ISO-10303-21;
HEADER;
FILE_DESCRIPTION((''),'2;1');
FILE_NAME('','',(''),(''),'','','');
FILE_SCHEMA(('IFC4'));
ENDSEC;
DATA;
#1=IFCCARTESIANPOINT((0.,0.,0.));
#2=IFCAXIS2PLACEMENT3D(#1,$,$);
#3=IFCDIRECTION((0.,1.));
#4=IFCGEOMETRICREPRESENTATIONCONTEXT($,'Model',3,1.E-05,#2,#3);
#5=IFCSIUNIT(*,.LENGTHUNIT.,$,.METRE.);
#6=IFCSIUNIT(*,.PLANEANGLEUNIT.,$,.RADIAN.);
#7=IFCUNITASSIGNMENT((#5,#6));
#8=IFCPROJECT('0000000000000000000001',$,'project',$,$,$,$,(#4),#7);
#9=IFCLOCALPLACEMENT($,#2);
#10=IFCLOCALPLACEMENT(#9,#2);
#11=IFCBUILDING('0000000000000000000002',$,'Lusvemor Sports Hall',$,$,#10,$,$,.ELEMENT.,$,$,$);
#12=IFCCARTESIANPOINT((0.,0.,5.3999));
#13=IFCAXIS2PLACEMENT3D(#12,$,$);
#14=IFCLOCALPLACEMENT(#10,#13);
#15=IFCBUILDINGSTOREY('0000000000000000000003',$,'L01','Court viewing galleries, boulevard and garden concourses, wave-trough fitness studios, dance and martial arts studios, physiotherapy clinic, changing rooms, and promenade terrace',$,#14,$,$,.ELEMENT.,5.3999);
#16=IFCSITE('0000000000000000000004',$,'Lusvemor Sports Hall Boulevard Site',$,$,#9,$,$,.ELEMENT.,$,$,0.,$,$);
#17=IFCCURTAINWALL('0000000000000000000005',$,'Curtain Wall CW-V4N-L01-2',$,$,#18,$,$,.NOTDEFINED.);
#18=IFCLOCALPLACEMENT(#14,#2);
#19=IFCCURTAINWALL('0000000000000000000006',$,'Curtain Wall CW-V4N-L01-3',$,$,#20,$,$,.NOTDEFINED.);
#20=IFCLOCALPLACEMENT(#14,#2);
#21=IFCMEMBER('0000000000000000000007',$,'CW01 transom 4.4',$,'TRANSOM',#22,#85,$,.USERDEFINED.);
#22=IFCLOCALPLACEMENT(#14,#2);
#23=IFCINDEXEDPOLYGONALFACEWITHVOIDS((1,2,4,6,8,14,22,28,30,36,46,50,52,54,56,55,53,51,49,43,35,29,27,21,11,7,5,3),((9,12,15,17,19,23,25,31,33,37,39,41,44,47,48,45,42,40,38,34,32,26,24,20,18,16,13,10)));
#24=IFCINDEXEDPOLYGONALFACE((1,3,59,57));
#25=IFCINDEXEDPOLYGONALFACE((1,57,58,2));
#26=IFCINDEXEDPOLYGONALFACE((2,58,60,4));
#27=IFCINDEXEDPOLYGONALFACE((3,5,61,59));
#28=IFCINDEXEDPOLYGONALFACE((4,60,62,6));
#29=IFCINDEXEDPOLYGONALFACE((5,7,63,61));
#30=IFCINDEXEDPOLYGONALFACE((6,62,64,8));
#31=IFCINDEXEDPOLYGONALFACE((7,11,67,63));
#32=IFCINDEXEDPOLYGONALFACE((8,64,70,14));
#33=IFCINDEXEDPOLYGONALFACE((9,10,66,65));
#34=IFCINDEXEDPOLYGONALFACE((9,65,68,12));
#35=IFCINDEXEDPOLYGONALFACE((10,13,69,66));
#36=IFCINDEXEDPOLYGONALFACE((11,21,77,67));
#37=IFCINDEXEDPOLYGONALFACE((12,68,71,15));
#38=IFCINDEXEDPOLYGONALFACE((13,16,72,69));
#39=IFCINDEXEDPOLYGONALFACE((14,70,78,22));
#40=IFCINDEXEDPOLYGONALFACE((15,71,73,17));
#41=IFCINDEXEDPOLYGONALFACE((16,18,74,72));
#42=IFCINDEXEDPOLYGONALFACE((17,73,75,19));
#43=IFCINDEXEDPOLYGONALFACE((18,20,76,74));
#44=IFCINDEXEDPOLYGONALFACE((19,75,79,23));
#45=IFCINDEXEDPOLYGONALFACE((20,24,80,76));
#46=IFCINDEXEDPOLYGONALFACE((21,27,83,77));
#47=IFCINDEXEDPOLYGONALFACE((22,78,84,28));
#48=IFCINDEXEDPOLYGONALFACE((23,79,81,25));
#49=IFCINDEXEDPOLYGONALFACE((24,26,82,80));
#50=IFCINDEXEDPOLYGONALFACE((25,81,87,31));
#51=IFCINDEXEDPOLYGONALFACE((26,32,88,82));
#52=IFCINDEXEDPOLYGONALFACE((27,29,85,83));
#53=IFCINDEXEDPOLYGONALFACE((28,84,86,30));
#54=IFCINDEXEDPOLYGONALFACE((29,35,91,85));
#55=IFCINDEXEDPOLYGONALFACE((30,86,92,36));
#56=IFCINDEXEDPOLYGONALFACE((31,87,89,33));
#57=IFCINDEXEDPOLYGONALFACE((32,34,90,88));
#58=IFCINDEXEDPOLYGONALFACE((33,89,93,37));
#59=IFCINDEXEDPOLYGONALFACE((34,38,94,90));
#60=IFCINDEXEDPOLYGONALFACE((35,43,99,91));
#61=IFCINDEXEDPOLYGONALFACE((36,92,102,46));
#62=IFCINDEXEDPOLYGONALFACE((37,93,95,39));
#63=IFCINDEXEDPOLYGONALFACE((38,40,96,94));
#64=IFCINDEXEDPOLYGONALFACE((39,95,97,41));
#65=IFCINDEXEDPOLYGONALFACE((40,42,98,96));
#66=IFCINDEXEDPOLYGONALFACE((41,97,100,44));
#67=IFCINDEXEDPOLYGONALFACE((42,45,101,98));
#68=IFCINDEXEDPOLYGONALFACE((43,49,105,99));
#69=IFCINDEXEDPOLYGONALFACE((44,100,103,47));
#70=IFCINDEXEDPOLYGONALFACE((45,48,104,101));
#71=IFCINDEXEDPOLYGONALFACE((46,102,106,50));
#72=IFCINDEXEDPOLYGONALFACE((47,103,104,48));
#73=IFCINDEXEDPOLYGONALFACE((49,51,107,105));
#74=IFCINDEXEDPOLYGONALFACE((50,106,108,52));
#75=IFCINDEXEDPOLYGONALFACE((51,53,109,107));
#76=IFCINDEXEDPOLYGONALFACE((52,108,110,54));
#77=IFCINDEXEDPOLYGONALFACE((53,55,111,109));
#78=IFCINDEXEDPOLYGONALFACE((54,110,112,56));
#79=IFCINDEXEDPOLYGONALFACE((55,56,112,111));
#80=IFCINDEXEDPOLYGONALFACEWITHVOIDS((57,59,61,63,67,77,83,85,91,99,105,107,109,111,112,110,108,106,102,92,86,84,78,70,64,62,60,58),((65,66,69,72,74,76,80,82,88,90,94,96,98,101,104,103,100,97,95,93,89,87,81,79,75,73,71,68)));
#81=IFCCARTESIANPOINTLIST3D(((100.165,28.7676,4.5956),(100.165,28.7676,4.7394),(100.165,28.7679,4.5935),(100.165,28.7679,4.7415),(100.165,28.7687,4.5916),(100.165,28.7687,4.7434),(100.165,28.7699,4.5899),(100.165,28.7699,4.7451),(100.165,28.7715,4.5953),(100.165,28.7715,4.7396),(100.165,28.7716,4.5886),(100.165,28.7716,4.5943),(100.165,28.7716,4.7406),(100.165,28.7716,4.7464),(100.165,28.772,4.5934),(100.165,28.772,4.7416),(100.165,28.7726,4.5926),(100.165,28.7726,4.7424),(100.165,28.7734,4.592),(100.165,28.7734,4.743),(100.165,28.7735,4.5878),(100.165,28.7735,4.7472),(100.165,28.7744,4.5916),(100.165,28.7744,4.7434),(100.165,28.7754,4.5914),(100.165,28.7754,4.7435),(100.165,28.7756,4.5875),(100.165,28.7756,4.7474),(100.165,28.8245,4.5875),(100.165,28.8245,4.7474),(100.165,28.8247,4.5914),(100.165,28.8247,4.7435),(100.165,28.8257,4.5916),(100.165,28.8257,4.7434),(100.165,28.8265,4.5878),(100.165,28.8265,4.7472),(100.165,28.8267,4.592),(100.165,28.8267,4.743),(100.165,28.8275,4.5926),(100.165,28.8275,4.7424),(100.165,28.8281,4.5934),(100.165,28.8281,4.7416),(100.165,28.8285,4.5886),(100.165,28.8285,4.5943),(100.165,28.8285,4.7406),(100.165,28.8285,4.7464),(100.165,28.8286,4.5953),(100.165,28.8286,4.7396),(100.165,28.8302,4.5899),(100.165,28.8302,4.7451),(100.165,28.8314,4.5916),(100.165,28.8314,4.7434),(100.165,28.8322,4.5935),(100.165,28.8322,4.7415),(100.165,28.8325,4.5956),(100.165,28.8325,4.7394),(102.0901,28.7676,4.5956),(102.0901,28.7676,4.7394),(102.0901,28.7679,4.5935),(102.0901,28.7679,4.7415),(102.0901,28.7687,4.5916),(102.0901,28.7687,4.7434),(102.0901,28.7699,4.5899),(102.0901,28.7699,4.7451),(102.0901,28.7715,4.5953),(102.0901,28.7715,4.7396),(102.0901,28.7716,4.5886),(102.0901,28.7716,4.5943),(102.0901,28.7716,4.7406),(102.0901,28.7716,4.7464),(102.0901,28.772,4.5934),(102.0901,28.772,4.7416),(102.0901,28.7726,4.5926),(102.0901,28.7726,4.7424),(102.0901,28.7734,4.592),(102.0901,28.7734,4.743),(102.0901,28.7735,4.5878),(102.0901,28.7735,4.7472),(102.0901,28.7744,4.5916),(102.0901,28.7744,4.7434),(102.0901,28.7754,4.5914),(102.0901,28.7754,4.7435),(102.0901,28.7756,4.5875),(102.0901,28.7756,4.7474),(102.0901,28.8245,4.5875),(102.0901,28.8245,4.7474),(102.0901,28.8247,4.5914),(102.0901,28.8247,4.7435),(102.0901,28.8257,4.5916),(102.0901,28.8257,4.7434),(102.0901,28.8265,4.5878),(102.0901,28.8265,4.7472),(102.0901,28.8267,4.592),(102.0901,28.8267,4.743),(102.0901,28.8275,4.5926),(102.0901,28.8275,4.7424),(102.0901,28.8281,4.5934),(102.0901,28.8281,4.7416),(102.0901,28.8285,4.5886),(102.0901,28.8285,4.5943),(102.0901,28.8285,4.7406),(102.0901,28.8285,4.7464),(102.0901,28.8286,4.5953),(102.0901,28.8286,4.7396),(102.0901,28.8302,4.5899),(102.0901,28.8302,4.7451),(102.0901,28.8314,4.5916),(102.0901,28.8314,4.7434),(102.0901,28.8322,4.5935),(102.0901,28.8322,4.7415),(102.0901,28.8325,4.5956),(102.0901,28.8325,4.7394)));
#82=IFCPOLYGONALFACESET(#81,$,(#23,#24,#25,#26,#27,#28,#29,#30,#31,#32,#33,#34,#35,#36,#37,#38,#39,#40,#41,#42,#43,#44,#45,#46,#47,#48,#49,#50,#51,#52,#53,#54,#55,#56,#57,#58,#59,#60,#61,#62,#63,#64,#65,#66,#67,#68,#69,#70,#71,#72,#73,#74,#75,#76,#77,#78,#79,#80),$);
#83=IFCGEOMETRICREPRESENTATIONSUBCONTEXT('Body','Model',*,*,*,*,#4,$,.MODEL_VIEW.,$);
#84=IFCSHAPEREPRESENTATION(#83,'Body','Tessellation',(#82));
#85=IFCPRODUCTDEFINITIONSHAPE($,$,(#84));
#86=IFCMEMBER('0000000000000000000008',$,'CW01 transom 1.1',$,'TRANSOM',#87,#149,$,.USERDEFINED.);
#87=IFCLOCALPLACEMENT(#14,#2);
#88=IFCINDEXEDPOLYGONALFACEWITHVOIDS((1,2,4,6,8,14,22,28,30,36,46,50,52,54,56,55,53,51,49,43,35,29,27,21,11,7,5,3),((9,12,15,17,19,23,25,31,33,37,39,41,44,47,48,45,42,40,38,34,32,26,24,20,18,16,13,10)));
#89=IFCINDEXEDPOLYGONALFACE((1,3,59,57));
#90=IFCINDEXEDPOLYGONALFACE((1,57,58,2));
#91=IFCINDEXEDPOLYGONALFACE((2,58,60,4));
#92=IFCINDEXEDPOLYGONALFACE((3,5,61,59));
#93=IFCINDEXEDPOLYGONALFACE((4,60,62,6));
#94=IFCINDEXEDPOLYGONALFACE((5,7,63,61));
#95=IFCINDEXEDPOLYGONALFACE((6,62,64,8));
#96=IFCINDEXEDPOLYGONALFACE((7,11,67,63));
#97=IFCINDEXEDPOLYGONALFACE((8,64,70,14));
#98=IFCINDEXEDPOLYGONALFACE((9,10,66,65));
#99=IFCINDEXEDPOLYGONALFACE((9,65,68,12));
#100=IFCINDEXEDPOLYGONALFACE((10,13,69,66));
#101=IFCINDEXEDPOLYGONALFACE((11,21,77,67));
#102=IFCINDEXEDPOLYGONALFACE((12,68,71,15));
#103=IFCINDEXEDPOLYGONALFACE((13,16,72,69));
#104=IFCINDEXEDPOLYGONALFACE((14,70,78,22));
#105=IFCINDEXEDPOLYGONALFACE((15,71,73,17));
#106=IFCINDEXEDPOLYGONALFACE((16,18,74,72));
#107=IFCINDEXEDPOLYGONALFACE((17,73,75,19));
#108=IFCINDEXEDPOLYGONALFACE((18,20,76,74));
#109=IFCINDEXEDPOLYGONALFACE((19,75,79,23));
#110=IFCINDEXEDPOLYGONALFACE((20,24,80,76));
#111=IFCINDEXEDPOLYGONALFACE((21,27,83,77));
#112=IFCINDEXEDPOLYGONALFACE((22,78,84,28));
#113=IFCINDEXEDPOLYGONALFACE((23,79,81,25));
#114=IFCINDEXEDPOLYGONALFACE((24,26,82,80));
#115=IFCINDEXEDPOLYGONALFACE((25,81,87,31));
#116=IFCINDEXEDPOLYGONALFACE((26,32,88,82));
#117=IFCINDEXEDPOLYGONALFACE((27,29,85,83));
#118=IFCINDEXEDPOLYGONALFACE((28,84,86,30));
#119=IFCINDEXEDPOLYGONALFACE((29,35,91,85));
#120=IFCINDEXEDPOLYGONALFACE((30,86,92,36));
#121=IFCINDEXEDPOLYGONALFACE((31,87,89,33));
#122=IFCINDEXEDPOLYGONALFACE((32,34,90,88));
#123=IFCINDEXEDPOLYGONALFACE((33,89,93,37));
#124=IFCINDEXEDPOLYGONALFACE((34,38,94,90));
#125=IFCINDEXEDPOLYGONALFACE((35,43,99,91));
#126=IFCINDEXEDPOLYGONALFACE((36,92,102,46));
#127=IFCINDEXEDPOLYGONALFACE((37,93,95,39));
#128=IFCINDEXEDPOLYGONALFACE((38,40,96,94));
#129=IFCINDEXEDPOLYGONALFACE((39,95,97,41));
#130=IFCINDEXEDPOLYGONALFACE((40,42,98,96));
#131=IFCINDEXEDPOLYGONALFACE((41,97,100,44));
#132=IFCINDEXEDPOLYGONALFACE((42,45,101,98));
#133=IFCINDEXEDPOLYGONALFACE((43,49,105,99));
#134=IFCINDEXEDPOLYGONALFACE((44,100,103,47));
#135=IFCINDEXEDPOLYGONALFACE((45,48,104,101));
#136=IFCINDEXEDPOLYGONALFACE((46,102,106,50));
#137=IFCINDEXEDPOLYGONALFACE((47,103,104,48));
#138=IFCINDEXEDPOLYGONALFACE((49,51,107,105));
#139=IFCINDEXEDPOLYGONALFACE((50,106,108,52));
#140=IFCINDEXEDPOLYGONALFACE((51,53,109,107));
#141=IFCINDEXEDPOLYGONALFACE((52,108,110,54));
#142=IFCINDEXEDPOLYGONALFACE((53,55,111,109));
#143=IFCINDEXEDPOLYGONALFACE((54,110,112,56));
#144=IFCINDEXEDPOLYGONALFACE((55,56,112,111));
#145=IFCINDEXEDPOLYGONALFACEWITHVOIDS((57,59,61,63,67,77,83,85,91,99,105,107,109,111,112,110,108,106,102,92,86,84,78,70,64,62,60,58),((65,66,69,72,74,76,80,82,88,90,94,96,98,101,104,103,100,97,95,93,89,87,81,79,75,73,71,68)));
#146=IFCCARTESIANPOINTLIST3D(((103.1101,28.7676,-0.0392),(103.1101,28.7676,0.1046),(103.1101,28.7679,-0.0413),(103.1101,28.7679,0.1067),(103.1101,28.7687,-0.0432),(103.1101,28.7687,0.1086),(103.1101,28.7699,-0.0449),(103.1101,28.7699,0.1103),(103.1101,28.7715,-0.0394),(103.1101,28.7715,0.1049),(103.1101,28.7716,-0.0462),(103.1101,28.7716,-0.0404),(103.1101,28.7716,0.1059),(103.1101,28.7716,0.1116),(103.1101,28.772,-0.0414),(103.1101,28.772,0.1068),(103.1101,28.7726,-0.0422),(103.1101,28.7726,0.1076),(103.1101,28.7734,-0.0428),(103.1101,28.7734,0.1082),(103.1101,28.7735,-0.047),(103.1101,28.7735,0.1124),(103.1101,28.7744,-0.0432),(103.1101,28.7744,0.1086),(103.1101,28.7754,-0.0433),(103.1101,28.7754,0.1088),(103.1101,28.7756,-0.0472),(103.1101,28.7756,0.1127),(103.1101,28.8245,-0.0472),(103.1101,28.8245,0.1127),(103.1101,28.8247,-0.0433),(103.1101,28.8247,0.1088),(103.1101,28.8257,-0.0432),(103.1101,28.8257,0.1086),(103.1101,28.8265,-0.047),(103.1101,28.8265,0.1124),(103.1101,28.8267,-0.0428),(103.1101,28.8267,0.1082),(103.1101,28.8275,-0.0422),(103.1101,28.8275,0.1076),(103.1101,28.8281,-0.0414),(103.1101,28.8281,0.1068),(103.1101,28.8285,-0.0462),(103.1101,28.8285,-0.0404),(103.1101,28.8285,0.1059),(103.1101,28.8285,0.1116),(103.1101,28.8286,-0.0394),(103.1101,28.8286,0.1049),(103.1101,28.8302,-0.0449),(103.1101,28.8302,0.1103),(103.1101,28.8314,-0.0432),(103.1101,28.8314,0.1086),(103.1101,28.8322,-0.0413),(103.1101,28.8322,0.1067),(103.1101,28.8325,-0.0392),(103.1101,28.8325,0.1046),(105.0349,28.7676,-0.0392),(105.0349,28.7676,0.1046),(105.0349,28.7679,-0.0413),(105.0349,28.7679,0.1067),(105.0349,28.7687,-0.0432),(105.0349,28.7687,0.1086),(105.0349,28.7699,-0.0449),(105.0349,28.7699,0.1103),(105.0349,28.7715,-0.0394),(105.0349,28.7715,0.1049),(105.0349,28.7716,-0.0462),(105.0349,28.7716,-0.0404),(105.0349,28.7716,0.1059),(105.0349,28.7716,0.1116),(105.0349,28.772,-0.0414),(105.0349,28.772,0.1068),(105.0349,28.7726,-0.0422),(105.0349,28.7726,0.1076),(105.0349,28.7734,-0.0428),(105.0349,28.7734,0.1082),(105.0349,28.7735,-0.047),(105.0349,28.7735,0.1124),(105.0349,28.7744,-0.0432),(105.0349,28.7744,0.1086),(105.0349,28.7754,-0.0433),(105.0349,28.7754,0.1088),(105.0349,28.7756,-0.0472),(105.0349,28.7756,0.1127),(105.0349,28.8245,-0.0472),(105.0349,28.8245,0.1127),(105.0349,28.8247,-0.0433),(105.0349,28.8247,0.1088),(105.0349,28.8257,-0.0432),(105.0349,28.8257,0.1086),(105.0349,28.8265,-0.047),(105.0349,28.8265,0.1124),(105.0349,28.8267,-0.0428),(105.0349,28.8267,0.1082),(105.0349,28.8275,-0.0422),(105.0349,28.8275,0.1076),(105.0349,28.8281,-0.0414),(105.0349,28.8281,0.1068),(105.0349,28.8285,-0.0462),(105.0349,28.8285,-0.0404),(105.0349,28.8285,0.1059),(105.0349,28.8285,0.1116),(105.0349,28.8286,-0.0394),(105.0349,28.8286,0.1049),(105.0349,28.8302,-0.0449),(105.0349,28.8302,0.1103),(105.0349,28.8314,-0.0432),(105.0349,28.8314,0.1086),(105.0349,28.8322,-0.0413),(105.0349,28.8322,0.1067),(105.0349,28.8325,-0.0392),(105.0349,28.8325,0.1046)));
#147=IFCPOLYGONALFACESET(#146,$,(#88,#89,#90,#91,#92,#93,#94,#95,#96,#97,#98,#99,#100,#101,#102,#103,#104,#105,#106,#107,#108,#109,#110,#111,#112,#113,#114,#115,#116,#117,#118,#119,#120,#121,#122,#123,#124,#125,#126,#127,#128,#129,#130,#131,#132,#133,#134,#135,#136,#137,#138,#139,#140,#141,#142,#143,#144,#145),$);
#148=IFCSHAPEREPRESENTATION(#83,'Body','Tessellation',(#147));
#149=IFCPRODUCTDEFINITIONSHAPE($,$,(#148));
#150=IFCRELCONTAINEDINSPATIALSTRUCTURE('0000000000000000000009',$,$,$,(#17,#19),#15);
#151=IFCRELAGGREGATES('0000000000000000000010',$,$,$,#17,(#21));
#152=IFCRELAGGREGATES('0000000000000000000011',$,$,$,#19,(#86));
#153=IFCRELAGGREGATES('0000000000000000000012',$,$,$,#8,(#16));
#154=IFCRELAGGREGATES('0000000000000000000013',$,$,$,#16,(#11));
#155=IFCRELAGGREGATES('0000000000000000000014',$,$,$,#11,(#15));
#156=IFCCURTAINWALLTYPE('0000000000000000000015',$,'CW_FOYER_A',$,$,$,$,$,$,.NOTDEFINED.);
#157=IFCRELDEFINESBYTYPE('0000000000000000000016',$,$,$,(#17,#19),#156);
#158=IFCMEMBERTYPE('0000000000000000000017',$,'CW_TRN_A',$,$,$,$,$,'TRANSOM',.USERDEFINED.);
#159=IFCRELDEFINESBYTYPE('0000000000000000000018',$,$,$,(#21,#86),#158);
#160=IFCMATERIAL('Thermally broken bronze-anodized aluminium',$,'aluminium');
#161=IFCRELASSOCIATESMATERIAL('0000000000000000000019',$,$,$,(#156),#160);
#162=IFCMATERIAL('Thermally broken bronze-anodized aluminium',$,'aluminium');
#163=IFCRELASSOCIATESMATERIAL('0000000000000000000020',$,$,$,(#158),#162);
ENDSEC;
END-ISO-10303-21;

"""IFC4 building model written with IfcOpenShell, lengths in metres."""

from ifc_helpers import new_model, si_unit, direction, frame, origin, origin_2d, place, context, subcontext, project, spatial, hollow_rectangle, extrude, material, material_profile, profile_set, type_object, element, aggregate, save


model = new_model("IFC4")

# Units and contexts
model_context = context("Model", 3, precision=1e-05, world=origin(), true_north=direction((0.0, 1.0)))
body_context = subcontext(model_context, "Body", "Model", "MODEL_VIEW")
ifc_project = project(units=[si_unit("LENGTHUNIT", "METRE"), si_unit("PLANEANGLEUNIT", "RADIAN")], contexts=[model_context])

# Site, building, storey
site_placement = place(None, origin())
site = spatial("IfcSite", under=ifc_project, at=site_placement, Name="Lusvemor Sports Hall Boulevard Site", CompositionType="ELEMENT", RefElevation=0.0)
building_placement = place(site_placement, origin())
building = spatial("IfcBuilding", under=site, at=building_placement, Name="Lusvemor Sports Hall", CompositionType="ELEMENT")
storey_placement = place(building_placement, frame((0.0, 0.0, 5.3999)))
storey = spatial("IfcBuildingStorey", under=building, at=storey_placement, Name="L01", Description="Court viewing galleries, boulevard and garden concourses, wave-trough fitness studios, dance and martial arts studios, physiotherapy clinic, changing rooms, and promenade terrace", CompositionType="ELEMENT", Elevation=5.3999)

# Curtain wall
ifc_material_1 = material(Name="Thermally broken bronze-anodized aluminium", Category="aluminium")
curtain_wall_type = type_object("IfcCurtainWallType", Name="CW_FOYER_A", PredefinedType="NOTDEFINED", material=ifc_material_1)
curtain_wall_1_placement = place(storey_placement, origin())
curtain_wall_1 = element("IfcCurtainWall", 1, at=curtain_wall_1_placement, inside=storey, type_object=curtain_wall_type, Name="Curtain Wall CW-V4N-L01-2", PredefinedType="NOTDEFINED")

# Curtain wall
curtain_wall_2_placement = place(storey_placement, origin())
curtain_wall_2 = element("IfcCurtainWall", 2, at=curtain_wall_2_placement, inside=storey, type_object=curtain_wall_type, Name="Curtain Wall CW-V4N-L01-3", PredefinedType="NOTDEFINED")

# Members
ifc_material_2 = material(Name="Thermally broken bronze-anodized aluminium", Category="aluminium")
ifc_material_profile_1 = material_profile(ifc_material_2, hollow_rectangle(XDim=0.0649, YDim=0.1599, WallThickness=0.0039, InnerFilletRadius=0.0039, OuterFilletRadius=0.0081, at=origin_2d()), Name="CWTRN160x65x4")
ifc_profile_set_1 = profile_set([ifc_material_profile_1], Name="Thermally broken bronze-anodized aluminium")
member_type_1 = type_object("IfcMemberType", Name="CW_TRN_A", ElementType="TRANSOM", PredefinedType="USERDEFINED", material=ifc_profile_set_1)
member_1_placement = place(storey_placement, frame((100.165, 28.8, 4.6675), z_axis=(1.0, 0.0, 0.0), x_axis=(0.0, 1.0, 0.0)))
member_1 = element("IfcMember", 3, at=member_1_placement, type_object=member_type_1, Name="CW01 transom 4.4", ObjectType="TRANSOM", PredefinedType="USERDEFINED", context=body_context, shape_type="SweptSolid", body=[
    extrude(hollow_rectangle(XDim=0.0649, YDim=0.1599, WallThickness=0.0039, InnerFilletRadius=0.0039, OuterFilletRadius=0.0081, at=origin_2d()), origin(), (0.0, 0.0, 1.0), 1.925),
])
member_2_placement = place(storey_placement, frame((103.1101, 28.8, 0.0327), z_axis=(1.0, 0.0, 0.0), x_axis=(0.0, 1.0, 0.0)))
member_2 = element("IfcMember", 4, at=member_2_placement, type_object=member_type_1, Name="CW01 transom 1.1", ObjectType="TRANSOM", PredefinedType="USERDEFINED", context=body_context, shape_type="SweptSolid", body=[
    extrude(hollow_rectangle(XDim=0.0649, YDim=0.1599, WallThickness=0.0039, InnerFilletRadius=0.0039, OuterFilletRadius=0.0081, at=origin_2d()), origin(), (0.0, 0.0, 1.0), 1.9248),
])

aggregate(curtain_wall_1, [member_1])
aggregate(curtain_wall_2, [member_2])

save(model, "model.ifc")
